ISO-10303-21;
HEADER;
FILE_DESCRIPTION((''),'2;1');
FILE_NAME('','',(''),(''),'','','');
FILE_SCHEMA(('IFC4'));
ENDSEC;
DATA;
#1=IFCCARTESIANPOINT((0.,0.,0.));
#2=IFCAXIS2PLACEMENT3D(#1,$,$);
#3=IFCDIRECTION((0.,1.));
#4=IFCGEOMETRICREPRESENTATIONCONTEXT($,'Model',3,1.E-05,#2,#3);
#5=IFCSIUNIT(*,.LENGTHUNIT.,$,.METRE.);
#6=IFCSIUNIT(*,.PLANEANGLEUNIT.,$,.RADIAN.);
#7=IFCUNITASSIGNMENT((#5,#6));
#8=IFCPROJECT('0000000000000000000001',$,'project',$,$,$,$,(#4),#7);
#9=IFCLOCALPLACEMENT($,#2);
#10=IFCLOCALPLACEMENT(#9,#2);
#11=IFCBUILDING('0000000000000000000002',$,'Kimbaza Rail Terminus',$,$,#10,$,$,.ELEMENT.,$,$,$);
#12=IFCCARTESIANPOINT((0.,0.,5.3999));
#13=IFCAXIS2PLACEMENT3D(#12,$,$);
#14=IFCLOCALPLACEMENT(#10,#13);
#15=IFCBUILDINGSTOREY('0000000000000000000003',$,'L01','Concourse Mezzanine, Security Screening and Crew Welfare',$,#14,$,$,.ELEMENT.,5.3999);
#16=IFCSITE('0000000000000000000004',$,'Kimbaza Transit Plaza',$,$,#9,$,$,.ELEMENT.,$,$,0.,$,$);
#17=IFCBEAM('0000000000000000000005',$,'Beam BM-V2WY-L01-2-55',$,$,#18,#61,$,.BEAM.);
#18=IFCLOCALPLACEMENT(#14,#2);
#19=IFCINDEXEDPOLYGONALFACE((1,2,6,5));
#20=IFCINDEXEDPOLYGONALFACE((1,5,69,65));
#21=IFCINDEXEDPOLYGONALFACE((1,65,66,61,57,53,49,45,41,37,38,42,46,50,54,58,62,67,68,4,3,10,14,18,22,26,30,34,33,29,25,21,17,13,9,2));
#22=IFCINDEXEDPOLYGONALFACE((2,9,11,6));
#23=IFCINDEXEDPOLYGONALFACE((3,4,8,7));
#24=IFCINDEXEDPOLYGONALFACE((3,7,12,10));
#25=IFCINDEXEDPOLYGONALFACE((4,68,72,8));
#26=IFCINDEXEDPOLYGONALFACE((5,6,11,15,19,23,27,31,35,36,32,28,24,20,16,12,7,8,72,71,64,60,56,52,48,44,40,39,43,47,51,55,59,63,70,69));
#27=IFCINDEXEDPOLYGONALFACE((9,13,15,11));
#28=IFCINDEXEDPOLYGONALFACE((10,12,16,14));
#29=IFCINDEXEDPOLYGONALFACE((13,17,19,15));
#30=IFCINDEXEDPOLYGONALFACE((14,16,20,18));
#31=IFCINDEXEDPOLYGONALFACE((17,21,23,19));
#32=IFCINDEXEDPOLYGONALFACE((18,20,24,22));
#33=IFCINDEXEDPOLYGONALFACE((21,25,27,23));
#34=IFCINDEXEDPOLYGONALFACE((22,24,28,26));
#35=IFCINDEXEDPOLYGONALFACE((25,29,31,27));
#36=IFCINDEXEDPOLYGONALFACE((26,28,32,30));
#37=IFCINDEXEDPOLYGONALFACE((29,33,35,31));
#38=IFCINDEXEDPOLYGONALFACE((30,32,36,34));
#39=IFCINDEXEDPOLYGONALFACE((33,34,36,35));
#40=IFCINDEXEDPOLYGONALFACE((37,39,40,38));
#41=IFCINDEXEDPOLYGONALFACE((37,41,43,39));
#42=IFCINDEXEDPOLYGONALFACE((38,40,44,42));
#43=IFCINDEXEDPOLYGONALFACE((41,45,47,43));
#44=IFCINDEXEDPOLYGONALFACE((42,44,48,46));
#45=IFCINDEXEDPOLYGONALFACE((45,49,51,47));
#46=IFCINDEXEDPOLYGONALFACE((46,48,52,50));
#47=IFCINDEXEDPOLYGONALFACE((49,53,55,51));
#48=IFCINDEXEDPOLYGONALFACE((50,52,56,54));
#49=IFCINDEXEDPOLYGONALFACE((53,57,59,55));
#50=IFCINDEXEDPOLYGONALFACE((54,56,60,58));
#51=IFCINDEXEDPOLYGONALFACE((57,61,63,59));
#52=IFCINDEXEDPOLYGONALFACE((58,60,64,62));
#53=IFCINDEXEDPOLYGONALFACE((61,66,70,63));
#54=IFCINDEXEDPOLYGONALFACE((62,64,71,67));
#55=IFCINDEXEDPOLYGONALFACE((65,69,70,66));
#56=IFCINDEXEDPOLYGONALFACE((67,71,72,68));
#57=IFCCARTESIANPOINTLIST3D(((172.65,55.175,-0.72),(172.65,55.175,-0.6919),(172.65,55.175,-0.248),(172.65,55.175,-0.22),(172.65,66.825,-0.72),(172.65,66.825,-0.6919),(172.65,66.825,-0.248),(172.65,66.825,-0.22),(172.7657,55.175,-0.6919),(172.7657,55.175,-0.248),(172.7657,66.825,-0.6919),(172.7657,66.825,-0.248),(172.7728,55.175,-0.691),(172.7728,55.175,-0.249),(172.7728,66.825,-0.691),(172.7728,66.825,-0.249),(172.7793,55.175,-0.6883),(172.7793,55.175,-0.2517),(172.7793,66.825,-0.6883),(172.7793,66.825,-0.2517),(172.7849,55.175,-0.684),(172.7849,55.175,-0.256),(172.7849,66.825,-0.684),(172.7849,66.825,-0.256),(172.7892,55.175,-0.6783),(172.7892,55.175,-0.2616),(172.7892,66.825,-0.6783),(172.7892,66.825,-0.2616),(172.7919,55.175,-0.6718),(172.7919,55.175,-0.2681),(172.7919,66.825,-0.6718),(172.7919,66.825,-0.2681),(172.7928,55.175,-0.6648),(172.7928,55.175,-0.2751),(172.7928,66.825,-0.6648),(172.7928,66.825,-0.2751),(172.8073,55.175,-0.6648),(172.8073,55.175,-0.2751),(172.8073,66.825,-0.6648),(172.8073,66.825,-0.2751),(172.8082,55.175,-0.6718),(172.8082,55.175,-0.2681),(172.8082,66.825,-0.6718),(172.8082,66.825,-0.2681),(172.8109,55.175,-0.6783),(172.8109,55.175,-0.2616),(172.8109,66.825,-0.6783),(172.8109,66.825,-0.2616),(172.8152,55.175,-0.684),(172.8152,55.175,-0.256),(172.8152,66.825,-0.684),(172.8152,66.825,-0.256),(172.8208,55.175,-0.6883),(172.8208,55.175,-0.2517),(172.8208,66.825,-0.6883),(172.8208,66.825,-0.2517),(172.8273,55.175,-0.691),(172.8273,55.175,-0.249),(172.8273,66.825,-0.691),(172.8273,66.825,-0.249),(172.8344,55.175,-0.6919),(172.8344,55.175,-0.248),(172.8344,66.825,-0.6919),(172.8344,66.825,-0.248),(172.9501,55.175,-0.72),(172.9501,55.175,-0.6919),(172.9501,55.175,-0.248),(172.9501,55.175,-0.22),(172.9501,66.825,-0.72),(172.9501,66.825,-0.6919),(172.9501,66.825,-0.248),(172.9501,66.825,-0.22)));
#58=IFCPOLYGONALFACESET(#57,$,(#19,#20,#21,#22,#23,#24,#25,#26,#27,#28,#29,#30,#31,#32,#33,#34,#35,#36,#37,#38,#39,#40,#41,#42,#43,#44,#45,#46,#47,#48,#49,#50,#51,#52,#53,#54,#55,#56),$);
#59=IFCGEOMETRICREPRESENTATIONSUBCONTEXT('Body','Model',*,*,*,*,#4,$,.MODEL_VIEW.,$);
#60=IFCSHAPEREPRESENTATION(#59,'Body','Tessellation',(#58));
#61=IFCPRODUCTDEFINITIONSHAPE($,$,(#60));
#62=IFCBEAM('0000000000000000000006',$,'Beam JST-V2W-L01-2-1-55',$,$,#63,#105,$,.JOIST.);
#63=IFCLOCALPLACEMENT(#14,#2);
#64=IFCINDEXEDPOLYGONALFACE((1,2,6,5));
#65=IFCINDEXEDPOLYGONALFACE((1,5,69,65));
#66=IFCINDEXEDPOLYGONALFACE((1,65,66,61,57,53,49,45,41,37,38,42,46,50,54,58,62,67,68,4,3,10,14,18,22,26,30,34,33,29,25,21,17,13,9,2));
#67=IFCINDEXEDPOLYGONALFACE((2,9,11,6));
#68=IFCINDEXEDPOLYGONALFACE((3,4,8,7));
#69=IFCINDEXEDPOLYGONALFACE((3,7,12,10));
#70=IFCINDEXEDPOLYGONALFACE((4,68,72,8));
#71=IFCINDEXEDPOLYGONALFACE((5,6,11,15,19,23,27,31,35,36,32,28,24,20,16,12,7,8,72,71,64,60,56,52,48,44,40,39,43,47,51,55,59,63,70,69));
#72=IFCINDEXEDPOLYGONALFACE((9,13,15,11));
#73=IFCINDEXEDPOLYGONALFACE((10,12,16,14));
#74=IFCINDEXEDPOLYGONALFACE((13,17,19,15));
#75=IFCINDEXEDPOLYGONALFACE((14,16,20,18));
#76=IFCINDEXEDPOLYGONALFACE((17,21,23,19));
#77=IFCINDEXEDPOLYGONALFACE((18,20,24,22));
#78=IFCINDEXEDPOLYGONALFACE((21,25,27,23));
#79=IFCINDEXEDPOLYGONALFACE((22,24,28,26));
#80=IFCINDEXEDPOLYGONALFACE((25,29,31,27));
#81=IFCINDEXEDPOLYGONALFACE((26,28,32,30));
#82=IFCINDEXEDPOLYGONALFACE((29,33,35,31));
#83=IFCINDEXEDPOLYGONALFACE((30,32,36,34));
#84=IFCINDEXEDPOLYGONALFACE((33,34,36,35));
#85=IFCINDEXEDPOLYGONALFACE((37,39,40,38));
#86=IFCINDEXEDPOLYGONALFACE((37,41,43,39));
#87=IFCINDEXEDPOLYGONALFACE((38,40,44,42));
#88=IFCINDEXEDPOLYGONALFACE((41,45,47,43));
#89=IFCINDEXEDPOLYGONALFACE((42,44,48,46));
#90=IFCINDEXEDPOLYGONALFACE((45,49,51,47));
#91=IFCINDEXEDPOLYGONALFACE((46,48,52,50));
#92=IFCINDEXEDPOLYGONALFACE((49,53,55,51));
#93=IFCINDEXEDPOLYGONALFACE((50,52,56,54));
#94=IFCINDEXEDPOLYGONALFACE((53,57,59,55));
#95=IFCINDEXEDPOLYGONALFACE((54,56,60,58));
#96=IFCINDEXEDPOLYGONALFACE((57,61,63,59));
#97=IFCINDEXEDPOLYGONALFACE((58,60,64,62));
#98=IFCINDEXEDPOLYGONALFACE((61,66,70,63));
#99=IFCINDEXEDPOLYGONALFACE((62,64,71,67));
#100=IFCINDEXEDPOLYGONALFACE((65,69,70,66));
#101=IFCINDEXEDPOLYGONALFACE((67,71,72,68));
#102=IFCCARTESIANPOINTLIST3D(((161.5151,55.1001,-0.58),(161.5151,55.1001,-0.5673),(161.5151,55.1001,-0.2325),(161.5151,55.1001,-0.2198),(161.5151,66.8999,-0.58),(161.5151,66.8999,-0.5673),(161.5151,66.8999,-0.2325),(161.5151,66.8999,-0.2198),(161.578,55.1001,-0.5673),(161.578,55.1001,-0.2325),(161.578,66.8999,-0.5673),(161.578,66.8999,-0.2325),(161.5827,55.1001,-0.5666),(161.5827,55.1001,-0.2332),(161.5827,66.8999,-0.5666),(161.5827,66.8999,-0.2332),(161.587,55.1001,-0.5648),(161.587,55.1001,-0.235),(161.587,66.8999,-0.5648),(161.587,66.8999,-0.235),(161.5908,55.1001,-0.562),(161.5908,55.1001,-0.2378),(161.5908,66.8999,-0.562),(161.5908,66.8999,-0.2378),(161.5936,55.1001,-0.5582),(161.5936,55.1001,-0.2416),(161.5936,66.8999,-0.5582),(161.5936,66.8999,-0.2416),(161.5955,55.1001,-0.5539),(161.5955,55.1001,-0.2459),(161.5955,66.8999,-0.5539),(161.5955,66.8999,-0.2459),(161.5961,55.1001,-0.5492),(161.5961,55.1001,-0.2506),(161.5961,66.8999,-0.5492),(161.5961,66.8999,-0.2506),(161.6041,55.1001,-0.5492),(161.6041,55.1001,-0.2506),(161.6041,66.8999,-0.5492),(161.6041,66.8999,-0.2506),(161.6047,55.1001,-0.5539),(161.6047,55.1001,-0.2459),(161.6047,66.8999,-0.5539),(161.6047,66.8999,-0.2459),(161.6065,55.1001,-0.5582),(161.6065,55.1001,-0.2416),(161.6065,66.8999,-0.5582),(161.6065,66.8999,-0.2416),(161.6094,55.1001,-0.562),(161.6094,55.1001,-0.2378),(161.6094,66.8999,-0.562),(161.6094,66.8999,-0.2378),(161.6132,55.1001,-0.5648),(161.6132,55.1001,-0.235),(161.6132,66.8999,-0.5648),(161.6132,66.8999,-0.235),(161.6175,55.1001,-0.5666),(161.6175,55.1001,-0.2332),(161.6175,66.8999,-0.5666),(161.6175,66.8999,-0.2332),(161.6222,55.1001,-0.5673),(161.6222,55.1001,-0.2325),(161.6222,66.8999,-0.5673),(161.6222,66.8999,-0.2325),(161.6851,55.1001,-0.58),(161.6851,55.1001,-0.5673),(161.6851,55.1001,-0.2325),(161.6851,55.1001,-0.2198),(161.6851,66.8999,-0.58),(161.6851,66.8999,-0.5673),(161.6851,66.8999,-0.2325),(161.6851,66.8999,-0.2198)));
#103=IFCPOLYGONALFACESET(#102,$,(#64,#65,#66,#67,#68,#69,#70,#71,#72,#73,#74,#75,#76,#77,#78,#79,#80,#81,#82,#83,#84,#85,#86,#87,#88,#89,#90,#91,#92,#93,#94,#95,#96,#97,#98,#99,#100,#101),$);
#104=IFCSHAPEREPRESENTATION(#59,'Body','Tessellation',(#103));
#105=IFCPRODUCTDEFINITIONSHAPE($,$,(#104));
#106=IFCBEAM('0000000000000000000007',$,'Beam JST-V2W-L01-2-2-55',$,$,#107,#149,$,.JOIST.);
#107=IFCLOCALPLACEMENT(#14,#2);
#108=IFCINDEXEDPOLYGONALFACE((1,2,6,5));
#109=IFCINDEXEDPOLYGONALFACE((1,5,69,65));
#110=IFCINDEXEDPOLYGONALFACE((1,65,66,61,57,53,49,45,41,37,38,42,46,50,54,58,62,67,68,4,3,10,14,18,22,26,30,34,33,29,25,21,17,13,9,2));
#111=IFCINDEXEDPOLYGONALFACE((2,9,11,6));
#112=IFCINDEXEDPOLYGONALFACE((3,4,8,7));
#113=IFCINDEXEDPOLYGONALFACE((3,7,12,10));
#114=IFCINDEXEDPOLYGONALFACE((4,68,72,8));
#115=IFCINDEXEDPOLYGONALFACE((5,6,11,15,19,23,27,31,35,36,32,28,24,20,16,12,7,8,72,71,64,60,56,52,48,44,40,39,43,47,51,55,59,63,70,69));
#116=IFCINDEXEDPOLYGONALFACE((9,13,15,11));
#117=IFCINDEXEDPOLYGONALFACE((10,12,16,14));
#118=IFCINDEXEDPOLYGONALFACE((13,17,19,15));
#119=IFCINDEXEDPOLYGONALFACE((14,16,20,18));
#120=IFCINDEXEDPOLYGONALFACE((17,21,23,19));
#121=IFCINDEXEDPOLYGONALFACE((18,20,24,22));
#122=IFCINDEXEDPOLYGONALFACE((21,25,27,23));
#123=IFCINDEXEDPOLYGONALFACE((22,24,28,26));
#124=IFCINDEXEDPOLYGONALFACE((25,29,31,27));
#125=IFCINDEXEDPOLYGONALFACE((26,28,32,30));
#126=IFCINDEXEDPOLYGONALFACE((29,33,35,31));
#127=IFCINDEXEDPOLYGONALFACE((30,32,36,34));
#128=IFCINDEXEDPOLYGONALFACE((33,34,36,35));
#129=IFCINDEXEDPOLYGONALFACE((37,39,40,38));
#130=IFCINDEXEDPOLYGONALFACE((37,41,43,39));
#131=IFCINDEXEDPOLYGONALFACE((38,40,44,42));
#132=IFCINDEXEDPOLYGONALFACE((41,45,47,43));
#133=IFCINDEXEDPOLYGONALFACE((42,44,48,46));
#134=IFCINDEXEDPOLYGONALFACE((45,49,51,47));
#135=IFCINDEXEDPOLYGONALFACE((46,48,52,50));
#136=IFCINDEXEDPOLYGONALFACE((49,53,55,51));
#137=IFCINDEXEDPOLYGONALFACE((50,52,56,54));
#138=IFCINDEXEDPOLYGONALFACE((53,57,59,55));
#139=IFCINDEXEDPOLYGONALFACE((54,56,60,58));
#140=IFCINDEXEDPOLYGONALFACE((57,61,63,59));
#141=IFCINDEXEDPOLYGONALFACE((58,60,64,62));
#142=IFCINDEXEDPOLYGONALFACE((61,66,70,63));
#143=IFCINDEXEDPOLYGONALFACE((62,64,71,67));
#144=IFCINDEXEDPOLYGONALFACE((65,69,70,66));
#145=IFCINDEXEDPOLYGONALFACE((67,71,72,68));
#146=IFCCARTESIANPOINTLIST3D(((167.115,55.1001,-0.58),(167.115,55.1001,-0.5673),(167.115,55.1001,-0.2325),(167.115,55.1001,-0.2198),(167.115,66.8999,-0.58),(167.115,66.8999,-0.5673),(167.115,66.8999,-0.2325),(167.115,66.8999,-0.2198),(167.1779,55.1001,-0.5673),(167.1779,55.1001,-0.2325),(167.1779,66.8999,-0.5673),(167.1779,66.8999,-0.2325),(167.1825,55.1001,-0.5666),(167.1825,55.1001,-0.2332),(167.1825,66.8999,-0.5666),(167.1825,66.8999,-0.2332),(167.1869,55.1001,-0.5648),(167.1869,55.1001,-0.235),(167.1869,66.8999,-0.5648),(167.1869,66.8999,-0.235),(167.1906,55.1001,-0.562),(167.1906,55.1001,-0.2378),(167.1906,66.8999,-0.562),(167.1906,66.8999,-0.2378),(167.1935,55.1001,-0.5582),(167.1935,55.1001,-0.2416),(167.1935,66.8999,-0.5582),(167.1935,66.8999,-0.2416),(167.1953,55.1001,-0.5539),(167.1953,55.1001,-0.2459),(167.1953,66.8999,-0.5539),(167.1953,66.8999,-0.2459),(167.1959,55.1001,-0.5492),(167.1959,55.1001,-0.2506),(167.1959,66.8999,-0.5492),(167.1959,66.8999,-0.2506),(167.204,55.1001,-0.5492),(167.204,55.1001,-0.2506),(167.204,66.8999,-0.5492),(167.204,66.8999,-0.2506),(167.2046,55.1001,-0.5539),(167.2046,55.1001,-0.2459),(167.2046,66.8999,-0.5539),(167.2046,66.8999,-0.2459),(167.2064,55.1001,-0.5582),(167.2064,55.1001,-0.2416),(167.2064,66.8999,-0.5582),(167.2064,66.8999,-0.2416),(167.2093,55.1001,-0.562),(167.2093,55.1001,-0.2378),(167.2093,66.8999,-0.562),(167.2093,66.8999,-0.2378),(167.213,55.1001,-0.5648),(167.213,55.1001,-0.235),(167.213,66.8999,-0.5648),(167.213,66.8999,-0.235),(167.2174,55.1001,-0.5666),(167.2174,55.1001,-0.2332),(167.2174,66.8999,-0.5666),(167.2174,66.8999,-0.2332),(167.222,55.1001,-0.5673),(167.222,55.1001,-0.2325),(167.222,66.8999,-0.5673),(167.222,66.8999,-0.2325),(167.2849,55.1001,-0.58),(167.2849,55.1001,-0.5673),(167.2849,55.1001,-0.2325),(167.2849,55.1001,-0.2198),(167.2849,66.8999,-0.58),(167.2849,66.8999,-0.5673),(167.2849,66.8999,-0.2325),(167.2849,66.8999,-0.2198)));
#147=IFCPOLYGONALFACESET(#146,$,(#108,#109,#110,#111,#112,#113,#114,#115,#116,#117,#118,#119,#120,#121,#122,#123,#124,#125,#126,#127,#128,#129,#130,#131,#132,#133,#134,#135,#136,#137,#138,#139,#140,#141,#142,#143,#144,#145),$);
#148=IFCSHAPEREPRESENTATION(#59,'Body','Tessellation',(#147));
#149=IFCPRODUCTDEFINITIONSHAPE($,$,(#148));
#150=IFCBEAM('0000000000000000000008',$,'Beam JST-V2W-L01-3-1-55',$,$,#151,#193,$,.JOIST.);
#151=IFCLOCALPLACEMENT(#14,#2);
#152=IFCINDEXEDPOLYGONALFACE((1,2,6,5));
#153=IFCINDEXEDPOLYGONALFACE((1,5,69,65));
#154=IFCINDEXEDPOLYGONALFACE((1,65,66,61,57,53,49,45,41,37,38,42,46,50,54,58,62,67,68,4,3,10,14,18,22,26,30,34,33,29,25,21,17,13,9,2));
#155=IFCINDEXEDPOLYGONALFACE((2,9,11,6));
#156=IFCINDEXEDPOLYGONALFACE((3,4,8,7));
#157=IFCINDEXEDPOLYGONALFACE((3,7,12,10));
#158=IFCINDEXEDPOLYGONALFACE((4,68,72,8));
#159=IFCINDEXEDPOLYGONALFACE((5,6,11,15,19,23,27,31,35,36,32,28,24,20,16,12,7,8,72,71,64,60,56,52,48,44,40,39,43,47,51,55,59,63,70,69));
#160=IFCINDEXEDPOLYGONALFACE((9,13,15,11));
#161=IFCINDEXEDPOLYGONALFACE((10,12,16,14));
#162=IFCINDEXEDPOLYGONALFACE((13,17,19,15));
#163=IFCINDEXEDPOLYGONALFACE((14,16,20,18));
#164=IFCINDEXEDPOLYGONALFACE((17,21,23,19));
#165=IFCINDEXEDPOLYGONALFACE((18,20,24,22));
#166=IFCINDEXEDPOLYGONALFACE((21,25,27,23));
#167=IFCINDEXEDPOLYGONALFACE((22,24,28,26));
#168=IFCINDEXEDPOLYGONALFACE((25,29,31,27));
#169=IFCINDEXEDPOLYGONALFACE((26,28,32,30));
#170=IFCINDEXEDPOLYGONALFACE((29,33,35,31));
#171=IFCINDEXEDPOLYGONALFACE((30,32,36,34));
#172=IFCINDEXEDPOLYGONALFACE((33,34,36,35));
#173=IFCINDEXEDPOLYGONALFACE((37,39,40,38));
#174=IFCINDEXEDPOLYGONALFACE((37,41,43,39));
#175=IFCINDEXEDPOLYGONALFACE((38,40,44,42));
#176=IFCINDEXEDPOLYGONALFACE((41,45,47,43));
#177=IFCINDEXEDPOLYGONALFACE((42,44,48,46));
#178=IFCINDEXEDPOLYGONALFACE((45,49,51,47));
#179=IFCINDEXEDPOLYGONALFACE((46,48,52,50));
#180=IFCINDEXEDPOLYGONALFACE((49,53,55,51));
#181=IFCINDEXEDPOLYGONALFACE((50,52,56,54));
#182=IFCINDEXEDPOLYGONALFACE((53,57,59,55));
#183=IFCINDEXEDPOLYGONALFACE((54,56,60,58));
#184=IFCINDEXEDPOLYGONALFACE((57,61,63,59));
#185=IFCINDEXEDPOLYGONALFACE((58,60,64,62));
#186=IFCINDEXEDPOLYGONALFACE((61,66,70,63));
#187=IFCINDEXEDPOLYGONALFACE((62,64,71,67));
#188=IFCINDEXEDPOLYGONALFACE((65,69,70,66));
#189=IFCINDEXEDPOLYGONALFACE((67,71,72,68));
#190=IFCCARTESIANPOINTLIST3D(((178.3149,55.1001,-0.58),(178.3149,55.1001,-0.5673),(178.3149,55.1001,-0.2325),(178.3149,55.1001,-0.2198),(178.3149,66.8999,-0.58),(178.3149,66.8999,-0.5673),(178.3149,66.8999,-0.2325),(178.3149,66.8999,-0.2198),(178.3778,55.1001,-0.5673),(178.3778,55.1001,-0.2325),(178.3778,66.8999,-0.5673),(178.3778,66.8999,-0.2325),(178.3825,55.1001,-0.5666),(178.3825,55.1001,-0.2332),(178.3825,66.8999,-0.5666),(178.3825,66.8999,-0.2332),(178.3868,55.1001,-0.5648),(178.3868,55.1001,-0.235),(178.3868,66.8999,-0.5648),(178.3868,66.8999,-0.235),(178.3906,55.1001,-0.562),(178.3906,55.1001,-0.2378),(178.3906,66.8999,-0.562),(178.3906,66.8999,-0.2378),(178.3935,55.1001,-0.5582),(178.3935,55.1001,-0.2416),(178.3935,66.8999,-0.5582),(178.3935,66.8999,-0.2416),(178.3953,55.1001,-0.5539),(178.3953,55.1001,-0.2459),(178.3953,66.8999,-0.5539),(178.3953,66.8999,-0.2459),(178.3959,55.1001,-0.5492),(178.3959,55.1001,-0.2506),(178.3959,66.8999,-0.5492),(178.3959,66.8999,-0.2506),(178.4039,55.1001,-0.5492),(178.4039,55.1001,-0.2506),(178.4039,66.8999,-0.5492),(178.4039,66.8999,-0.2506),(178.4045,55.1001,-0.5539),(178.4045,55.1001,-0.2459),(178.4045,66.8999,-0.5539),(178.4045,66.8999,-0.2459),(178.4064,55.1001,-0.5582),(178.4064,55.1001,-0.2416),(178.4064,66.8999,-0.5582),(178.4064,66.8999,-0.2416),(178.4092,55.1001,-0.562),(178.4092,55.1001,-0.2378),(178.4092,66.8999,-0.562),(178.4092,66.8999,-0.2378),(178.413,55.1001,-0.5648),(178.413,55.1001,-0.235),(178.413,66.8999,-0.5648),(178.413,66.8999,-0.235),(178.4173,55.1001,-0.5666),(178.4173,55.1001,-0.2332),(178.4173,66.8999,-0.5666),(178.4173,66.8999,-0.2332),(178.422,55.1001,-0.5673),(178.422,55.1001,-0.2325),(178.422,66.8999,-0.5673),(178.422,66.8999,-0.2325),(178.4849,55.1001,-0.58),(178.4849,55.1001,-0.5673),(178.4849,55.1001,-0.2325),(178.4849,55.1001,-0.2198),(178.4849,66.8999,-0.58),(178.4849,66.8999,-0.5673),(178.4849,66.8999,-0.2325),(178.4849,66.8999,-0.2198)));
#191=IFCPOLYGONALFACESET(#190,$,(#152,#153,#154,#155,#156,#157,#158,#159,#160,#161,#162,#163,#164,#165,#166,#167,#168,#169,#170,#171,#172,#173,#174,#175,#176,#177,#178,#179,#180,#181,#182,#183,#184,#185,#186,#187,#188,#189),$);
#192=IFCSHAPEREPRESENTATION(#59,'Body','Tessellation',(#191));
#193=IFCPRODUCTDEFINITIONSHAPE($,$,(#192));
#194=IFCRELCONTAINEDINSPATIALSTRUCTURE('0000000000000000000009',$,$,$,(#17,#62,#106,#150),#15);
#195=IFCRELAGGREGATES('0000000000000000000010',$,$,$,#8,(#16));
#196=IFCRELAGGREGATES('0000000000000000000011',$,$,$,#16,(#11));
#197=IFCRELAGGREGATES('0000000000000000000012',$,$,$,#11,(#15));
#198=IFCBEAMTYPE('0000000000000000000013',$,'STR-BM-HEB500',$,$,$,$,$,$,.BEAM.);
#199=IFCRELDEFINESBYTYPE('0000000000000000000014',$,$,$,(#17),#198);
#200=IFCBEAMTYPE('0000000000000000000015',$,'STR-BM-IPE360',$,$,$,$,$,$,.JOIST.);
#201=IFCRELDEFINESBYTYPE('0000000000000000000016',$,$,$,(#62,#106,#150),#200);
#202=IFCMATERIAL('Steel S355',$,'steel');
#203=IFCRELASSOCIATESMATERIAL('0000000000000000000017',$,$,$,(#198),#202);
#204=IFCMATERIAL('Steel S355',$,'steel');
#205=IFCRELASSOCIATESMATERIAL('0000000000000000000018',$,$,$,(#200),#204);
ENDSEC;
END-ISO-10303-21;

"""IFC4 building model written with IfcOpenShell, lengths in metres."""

from ifc_helpers import new_model, si_unit, direction, frame, origin, origin_2d, place, context, subcontext, project, spatial, i_section, extrude, material, material_profile, profile_set, type_object, element, save


model = new_model("IFC4")

# Units and contexts
model_context = context("Model", 3, precision=1e-05, world=origin(), true_north=direction((0.0, 1.0)))
body_context = subcontext(model_context, "Body", "Model", "MODEL_VIEW")
ifc_project = project(units=[si_unit("LENGTHUNIT", "METRE"), si_unit("PLANEANGLEUNIT", "RADIAN")], contexts=[model_context])

# Site, building, storey
site_placement = place(None, origin())
site = spatial("IfcSite", under=ifc_project, at=site_placement, Name="Kimbaza Transit Plaza", CompositionType="ELEMENT", RefElevation=0.0)
building_placement = place(site_placement, origin())
building = spatial("IfcBuilding", under=site, at=building_placement, Name="Kimbaza Rail Terminus", CompositionType="ELEMENT")
storey_placement = place(building_placement, frame((0.0, 0.0, 5.3999)))
storey = spatial("IfcBuildingStorey", under=building, at=storey_placement, Name="L01", Description="Concourse Mezzanine, Security Screening and Crew Welfare", CompositionType="ELEMENT", Elevation=5.3999)

# Beams
ifc_material_1 = material(Name="Steel S355", Category="steel")
ifc_material_profile_1 = material_profile(ifc_material_1, i_section(OverallWidth=0.3, OverallDepth=0.5, WebThickness=0.0144, FlangeThickness=0.0281, FilletRadius=0.0271, at=origin_2d()), Name="HEB 500")
ifc_profile_set_1 = profile_set([ifc_material_profile_1], Name="Steel S355")
beam_type_1 = type_object("IfcBeamType", Name="STR-BM-HEB500", PredefinedType="BEAM", material=ifc_profile_set_1)
beam_1_placement = place(storey_placement, frame((172.8, 55.175, -0.47), z_axis=(0.0, 1.0, 0.0), x_axis=(-1.0, 0.0, 0.0)))
element("IfcBeam", 1, at=beam_1_placement, inside=storey, type_object=beam_type_1, Name="Beam BM-V2WY-L01-2-55", PredefinedType="BEAM", context=body_context, shape_type="SweptSolid", body=[
    extrude(i_section(OverallWidth=0.3, OverallDepth=0.5, WebThickness=0.0144, FlangeThickness=0.0281, FilletRadius=0.0271, at=origin_2d()), origin(), (0.0, 0.0, 1.0), 11.6499),
])
ifc_material_2 = material(Name="Steel S355", Category="steel")
ifc_material_profile_2 = material_profile(ifc_material_2, i_section(OverallWidth=0.1699, OverallDepth=0.3601, WebThickness=0.0081, FlangeThickness=0.0127, FilletRadius=0.0181, at=origin_2d()), Name="IPE 360")
ifc_profile_set_2 = profile_set([ifc_material_profile_2], Name="Steel S355")
beam_type_2 = type_object("IfcBeamType", Name="STR-BM-IPE360", PredefinedType="JOIST", material=ifc_profile_set_2)
for number, where, z_axis, x_axis, name in (
    (2, (161.6001, 55.1001, -0.3999), (0.0, 1.0, 0.0), (-1.0, 0.0, 0.0), "Beam JST-V2W-L01-2-1-55"),
    (3, (167.2, 55.1001, -0.3999), (0.0, 1.0, 0.0), (-1.0, 0.0, 0.0), "Beam JST-V2W-L01-2-2-55"),
    (4, (178.3999, 55.1001, -0.3999), (0.0, 1.0, 0.0), (-1.0, 0.0, 0.0), "Beam JST-V2W-L01-3-1-55"),
):
    element("IfcBeam", number, at=place(storey_placement, frame(where, z_axis=z_axis, x_axis=x_axis)), inside=storey, type_object=beam_type_2, Name=name, PredefinedType="JOIST", context=body_context, shape_type="SweptSolid", body=[
        extrude(i_section(OverallWidth=0.1699, OverallDepth=0.3601, WebThickness=0.0081, FlangeThickness=0.0127, FilletRadius=0.0181, at=origin_2d()), origin(), (0.0, 0.0, 1.0), 11.7998),
    ])

save(model, "model.ifc")
